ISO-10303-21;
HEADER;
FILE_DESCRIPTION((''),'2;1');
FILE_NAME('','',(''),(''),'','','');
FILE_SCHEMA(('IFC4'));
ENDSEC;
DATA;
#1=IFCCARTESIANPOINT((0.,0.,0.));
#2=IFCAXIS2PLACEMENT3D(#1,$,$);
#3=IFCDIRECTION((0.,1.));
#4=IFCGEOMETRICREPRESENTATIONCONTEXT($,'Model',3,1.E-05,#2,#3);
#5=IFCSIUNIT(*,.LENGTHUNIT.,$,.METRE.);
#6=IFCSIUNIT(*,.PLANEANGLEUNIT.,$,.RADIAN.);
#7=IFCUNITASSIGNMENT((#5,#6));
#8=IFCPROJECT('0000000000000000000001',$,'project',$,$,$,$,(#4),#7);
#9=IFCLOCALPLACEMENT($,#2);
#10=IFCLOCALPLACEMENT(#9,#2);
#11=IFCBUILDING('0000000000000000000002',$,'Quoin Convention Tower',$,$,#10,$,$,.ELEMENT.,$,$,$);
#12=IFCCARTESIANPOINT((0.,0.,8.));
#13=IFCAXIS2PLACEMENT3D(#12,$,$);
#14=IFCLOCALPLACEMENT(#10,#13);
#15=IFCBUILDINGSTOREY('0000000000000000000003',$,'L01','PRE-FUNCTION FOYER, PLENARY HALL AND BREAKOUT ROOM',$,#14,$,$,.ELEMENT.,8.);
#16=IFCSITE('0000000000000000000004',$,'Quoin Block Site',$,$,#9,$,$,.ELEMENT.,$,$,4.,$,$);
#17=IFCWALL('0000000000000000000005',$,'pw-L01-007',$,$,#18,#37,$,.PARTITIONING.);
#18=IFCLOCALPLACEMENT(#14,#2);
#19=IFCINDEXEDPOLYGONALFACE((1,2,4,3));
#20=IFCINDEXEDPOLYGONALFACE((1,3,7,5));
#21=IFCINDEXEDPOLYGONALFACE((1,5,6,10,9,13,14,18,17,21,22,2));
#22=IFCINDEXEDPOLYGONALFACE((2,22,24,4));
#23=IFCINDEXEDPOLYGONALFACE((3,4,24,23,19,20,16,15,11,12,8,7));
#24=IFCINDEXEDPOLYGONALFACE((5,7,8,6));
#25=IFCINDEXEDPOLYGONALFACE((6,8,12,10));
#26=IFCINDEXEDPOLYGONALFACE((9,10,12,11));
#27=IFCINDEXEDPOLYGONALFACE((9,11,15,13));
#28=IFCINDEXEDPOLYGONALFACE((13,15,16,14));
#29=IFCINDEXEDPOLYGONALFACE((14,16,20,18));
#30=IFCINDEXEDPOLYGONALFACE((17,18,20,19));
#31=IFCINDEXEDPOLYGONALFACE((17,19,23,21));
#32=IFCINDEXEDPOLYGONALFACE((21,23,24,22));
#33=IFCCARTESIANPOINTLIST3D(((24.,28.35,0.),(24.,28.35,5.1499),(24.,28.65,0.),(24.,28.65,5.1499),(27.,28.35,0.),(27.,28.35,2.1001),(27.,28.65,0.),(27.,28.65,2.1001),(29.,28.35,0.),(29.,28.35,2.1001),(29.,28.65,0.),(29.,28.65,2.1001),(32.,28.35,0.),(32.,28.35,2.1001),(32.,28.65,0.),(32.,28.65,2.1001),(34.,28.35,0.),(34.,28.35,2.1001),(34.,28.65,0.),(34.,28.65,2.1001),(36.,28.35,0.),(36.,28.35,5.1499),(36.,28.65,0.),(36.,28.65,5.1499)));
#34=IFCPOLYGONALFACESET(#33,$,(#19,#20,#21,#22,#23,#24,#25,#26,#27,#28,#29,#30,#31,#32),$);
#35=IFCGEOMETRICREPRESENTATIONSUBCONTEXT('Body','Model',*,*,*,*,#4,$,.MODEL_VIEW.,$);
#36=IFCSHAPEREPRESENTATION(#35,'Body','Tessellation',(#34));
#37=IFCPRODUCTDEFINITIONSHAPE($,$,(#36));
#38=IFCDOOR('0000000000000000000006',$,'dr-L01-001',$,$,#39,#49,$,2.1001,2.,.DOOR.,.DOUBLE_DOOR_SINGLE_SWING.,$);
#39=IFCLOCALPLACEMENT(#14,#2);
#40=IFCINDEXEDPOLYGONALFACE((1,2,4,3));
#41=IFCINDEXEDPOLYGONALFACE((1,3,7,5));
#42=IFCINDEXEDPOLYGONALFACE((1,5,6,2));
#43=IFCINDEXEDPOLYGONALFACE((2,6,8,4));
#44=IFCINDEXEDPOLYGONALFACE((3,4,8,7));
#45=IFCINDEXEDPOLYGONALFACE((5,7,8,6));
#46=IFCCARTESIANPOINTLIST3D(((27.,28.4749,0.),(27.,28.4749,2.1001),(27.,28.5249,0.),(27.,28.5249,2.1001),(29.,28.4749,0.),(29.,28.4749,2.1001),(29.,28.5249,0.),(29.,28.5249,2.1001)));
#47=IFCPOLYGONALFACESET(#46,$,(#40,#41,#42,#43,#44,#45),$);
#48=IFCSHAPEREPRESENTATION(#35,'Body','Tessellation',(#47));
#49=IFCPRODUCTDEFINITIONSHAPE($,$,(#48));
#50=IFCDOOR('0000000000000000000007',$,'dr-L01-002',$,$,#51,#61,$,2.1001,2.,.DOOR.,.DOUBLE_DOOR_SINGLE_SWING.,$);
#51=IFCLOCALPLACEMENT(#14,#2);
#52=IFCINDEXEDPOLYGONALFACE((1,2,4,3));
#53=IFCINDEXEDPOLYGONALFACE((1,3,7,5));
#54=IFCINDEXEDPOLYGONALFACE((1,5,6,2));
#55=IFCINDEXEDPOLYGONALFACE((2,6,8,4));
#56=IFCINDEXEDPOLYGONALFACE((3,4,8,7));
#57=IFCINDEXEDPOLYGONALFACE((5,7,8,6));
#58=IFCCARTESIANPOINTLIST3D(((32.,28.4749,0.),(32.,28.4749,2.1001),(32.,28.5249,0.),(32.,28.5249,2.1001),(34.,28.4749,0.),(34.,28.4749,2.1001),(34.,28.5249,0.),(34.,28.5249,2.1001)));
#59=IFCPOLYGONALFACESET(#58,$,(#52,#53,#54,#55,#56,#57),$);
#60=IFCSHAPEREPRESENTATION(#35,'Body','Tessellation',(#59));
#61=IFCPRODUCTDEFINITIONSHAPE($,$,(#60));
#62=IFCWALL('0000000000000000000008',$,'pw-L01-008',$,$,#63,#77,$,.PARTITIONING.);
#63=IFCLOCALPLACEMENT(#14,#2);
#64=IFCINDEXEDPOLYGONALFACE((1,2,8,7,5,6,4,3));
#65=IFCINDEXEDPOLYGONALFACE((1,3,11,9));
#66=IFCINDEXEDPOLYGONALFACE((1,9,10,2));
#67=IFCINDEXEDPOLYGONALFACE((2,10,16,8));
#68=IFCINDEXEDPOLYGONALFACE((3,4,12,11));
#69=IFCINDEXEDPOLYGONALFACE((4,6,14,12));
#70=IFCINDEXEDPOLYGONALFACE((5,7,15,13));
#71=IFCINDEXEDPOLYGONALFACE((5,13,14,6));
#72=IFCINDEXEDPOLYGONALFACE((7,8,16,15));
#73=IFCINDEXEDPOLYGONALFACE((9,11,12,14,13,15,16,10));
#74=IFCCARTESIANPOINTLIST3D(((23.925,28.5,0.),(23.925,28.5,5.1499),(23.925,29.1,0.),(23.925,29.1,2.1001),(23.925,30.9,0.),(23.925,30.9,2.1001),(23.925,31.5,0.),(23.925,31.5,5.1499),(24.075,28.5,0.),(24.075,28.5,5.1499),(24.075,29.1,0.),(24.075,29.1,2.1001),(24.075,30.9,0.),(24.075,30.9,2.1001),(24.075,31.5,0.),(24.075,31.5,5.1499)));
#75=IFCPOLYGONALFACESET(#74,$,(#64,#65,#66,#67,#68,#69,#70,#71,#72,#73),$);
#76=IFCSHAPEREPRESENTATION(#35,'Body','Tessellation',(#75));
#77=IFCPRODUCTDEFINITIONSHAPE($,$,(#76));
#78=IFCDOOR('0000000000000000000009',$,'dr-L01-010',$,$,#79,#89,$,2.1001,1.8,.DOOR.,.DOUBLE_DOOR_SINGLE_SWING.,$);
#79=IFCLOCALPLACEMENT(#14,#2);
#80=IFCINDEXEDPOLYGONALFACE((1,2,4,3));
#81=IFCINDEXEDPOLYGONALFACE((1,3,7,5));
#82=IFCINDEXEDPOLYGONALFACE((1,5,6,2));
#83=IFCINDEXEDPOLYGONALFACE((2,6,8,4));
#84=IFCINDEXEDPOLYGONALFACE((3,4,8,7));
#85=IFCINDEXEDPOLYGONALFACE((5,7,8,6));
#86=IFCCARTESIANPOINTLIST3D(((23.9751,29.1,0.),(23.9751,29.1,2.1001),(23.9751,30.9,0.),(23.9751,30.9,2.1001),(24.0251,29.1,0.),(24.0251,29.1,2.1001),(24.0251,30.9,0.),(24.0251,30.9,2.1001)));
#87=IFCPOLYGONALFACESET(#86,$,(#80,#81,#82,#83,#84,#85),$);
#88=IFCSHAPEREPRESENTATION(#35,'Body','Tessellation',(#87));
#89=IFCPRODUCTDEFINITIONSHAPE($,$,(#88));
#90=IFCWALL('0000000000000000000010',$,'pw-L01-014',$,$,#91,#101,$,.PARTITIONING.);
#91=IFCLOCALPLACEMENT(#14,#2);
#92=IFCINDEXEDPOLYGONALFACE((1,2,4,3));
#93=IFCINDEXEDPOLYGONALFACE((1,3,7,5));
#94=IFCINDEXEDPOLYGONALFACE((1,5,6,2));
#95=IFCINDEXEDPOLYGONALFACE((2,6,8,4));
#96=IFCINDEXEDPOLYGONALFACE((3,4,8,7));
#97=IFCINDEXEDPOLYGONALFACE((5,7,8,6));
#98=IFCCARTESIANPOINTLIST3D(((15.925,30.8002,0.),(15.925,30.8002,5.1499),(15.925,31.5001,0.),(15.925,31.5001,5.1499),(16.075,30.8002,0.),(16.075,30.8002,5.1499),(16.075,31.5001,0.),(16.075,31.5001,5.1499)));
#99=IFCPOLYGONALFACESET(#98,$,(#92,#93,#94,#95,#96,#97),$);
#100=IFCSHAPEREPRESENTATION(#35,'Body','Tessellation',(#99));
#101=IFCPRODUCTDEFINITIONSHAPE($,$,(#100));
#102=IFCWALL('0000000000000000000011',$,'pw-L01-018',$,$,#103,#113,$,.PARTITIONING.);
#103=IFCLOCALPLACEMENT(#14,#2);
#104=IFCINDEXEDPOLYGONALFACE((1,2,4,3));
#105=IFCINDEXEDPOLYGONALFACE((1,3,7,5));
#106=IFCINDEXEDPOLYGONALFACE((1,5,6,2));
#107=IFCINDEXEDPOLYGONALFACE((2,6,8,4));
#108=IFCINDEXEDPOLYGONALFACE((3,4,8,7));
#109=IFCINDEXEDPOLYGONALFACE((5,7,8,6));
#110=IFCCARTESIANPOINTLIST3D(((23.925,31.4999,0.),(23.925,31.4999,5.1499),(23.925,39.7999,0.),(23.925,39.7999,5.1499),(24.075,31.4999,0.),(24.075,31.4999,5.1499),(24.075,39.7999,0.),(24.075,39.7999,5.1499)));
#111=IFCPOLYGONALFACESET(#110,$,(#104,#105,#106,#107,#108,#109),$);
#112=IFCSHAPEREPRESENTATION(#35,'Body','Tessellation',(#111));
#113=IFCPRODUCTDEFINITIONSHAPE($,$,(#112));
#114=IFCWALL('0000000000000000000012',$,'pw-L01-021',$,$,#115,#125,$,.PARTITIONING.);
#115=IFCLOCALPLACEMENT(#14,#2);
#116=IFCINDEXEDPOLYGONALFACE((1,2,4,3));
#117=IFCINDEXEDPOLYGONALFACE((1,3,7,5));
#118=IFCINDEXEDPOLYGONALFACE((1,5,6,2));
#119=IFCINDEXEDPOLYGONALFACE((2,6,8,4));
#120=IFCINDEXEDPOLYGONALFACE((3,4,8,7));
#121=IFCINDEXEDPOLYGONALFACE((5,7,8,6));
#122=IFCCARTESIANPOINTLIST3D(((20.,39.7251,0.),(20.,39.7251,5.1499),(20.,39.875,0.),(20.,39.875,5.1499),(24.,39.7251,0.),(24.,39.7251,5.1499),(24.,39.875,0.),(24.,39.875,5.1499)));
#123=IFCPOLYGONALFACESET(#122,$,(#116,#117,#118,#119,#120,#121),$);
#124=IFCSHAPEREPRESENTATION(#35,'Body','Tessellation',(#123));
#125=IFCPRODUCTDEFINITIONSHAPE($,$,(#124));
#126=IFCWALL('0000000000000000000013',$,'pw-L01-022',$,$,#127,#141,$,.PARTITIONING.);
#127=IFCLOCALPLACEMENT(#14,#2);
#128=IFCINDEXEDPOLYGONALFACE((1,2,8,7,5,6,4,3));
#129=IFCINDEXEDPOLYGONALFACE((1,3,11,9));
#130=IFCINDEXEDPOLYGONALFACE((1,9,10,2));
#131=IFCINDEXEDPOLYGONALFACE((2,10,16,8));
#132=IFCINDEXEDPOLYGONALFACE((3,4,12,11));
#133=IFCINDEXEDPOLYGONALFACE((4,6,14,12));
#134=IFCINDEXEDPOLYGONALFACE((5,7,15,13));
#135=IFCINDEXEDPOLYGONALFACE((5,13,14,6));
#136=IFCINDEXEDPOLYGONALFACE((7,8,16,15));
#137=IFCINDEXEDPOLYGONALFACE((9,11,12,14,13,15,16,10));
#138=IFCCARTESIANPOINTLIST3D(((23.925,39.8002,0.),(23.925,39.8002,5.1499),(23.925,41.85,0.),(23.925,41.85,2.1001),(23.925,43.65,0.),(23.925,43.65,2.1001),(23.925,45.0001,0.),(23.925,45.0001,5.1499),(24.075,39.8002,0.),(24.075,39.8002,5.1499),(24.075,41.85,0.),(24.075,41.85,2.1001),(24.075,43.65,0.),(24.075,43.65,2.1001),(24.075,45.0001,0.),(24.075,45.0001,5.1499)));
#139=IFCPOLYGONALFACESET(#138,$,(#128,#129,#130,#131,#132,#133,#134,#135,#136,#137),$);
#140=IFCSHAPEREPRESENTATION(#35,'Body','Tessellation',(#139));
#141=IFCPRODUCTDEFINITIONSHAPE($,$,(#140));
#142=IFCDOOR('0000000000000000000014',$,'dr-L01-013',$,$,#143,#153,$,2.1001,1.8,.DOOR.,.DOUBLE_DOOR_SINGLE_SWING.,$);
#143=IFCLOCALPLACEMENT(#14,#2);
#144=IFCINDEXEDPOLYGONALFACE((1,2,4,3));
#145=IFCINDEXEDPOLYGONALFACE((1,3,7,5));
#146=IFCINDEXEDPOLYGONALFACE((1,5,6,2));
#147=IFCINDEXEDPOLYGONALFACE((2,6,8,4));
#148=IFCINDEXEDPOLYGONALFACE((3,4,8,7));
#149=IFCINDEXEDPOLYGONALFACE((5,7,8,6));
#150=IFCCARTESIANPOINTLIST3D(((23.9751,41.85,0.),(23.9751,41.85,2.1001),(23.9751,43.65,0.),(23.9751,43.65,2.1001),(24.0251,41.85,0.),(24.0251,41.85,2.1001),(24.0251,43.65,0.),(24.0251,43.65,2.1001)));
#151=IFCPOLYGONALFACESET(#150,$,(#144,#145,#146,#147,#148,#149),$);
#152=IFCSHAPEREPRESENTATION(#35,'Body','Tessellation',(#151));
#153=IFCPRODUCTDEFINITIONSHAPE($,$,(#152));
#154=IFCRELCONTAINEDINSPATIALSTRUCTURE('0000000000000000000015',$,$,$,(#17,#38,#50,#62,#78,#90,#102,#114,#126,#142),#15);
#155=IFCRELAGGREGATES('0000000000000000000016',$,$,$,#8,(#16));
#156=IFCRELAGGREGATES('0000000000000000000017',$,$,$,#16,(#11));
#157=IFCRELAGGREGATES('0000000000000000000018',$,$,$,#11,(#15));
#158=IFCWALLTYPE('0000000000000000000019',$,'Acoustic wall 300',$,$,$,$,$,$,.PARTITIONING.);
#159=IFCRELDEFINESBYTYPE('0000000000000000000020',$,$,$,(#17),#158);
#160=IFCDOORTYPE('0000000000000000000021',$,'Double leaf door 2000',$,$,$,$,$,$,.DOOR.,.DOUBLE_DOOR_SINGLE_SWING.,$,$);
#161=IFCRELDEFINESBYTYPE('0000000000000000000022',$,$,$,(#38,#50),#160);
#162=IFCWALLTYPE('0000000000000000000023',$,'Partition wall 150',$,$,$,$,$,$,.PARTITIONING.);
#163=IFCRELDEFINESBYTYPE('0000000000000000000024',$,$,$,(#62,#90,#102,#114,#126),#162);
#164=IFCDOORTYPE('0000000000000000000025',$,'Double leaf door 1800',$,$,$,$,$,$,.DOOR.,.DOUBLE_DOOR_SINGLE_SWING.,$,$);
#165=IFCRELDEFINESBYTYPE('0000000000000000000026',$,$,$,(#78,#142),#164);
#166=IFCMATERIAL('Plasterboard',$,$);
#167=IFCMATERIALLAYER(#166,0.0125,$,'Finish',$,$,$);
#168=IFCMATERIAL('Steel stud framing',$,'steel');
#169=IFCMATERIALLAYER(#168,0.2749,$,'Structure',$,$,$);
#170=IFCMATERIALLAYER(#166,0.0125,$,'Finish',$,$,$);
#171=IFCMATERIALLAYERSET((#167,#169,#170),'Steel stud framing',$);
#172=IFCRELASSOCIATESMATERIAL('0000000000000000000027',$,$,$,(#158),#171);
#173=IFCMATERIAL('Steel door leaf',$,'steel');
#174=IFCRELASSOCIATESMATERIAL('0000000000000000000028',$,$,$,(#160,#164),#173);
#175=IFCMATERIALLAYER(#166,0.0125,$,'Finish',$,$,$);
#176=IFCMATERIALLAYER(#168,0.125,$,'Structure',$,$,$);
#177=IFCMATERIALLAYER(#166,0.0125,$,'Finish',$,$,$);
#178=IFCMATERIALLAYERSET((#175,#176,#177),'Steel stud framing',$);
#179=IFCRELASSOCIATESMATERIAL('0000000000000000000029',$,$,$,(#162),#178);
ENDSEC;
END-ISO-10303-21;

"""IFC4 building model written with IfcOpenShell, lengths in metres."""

from ifc_helpers import new_model, si_unit, direction, frame, frame_2d, origin, place, context, subcontext, project, spatial, rectangle, extrude, material, layer, layer_set, type_object, element, fill, save


model = new_model("IFC4")

# Units and contexts
model_context = context("Model", 3, precision=1e-05, world=origin(), true_north=direction((0.0, 1.0)))
body_context = subcontext(model_context, "Body", "Model", "MODEL_VIEW")
ifc_project = project(units=[si_unit("LENGTHUNIT", "METRE"), si_unit("PLANEANGLEUNIT", "RADIAN")], contexts=[model_context])

# Site, building, storey
site_placement = place(None, origin())
site = spatial("IfcSite", under=ifc_project, at=site_placement, Name="Quoin Block Site", CompositionType="ELEMENT", RefElevation=4.0)
building_placement = place(site_placement, origin())
building = spatial("IfcBuilding", under=site, at=building_placement, Name="Quoin Convention Tower", CompositionType="ELEMENT")
storey_placement = place(building_placement, frame((0.0, 0.0, 8.0)))
storey = spatial("IfcBuildingStorey", under=building, at=storey_placement, Name="L01", Description="PRE-FUNCTION FOYER, PLENARY HALL AND BREAKOUT ROOM", CompositionType="ELEMENT", Elevation=8.0)

# Shared definitions
ifc_material_1 = material(Name="Plasterboard")
ifc_layer_1 = layer(ifc_material_1, 0.0125, Name="Finish")
ifc_material_2 = material(Name="Steel stud framing", Category="steel")
ifc_layer_2 = layer(ifc_material_2, 0.2749, Name="Structure")
ifc_layer_3 = layer(ifc_material_1, 0.0125, Name="Finish")
ifc_layer_set_1 = layer_set([ifc_layer_1, ifc_layer_2, ifc_layer_3], Name="Steel stud framing")
wall_type_1 = type_object("IfcWallType", Name="Acoustic wall 300", PredefinedType="PARTITIONING", material=ifc_layer_set_1)

# Wall, openings, doors
wall_1_placement = place(storey_placement, frame((24.0, 28.5, 0.0), z_axis=(0.0, 0.0, 1.0), x_axis=(1.0, 0.0, 0.0)))
wall_1 = element("IfcWall", 1, at=wall_1_placement, inside=storey, type_object=wall_type_1, Name="pw-L01-007", PredefinedType="PARTITIONING", context=body_context, shape_type="SweptSolid", body=[
    extrude(rectangle(XDim=12.0, YDim=0.3, at=frame_2d((6.0, 0.0))), origin(), (0.0, 0.0, 1.0), 5.1499),
])
opening_1_placement = place(wall_1_placement, frame((3.0, 0.0, 0.0)))
opening_1 = element("IfcOpeningElement", 2, at=opening_1_placement, cuts=wall_1, PredefinedType="OPENING", context=body_context, shape_type="SweptSolid", body=[
    extrude(rectangle(XDim=2.0, YDim=2.1001, at=frame_2d((1.0, 1.05))), frame((0.0, 0.1599, 0.0), z_axis=(0.0, -1.0, 0.0), x_axis=(1.0, 0.0, 0.0)), (0.0, 0.0, 1.0), 0.3201),
])
opening_2_placement = place(wall_1_placement, frame((8.0, 0.0, 0.0)))
opening_2 = element("IfcOpeningElement", 3, at=opening_2_placement, cuts=wall_1, PredefinedType="OPENING", context=body_context, shape_type="SweptSolid", body=[
    extrude(rectangle(XDim=2.0, YDim=2.1001, at=frame_2d((1.0, 1.05))), frame((0.0, 0.1599, 0.0), z_axis=(0.0, -1.0, 0.0), x_axis=(1.0, 0.0, 0.0)), (0.0, 0.0, 1.0), 0.3201),
])
ifc_material_3 = material(Name="Steel door leaf", Category="steel")
door_type_1 = type_object("IfcDoorType", Name="Double leaf door 2000", OperationType="DOUBLE_DOOR_SINGLE_SWING", PredefinedType="DOOR", material=ifc_material_3)
door_1_placement = place(opening_1_placement, origin())
door_1 = element("IfcDoor", 4, at=door_1_placement, inside=storey, type_object=door_type_1, Name="dr-L01-001", OperationType="DOUBLE_DOOR_SINGLE_SWING", OverallHeight=2.1001, OverallWidth=2.0, PredefinedType="DOOR", context=body_context, shape_type="SweptSolid", body=[
    extrude(rectangle(XDim=2.0, YDim=2.1001, at=frame_2d((1.0, 1.05))), frame((0.0, 0.0249, 0.0), z_axis=(0.0, -1.0, 0.0), x_axis=(1.0, 0.0, 0.0)), (0.0, 0.0, 1.0), 0.05),
])
fill(opening_1, door_1)
door_2_placement = place(opening_2_placement, origin())
door_2 = element("IfcDoor", 5, at=door_2_placement, inside=storey, type_object=door_type_1, Name="dr-L01-002", OperationType="DOUBLE_DOOR_SINGLE_SWING", OverallHeight=2.1001, OverallWidth=2.0, PredefinedType="DOOR", context=body_context, shape_type="SweptSolid", body=[
    extrude(rectangle(XDim=2.0, YDim=2.1001, at=frame_2d((1.0, 1.05))), frame((0.0, 0.0249, 0.0), z_axis=(0.0, -1.0, 0.0), x_axis=(1.0, 0.0, 0.0)), (0.0, 0.0, 1.0), 0.05),
])
fill(opening_2, door_2)

# Wall, opening, door
ifc_layer_4 = layer(ifc_material_1, 0.0125, Name="Finish")
ifc_layer_5 = layer(ifc_material_2, 0.125, Name="Structure")
ifc_layer_6 = layer(ifc_material_1, 0.0125, Name="Finish")
ifc_layer_set_2 = layer_set([ifc_layer_4, ifc_layer_5, ifc_layer_6], Name="Steel stud framing")
wall_type_2 = type_object("IfcWallType", Name="Partition wall 150", PredefinedType="PARTITIONING", material=ifc_layer_set_2)
wall_2_placement = place(storey_placement, frame((24.0, 28.5, 0.0), z_axis=(0.0, 0.0, 1.0), x_axis=(0.0, 1.0, 0.0)))
wall_2 = element("IfcWall", 6, at=wall_2_placement, inside=storey, type_object=wall_type_2, Name="pw-L01-008", PredefinedType="PARTITIONING", context=body_context, shape_type="SweptSolid", body=[
    extrude(rectangle(XDim=3.0, YDim=0.1499, at=frame_2d((1.5, 0.0))), origin(), (0.0, 0.0, 1.0), 5.1499),
])
opening_3_placement = place(wall_2_placement, frame((0.6001, 0.0, 0.0)))
opening_3 = element("IfcOpeningElement", 7, at=opening_3_placement, cuts=wall_2, PredefinedType="OPENING", context=body_context, shape_type="SweptSolid", body=[
    extrude(rectangle(XDim=1.8, YDim=2.1001, at=frame_2d((0.8999, 1.05))), frame((0.0, 0.085, 0.0), z_axis=(0.0, -1.0, 0.0), x_axis=(1.0, 0.0, 0.0)), (0.0, 0.0, 1.0), 0.1699),
])
door_type_2 = type_object("IfcDoorType", Name="Double leaf door 1800", OperationType="DOUBLE_DOOR_SINGLE_SWING", PredefinedType="DOOR", material=ifc_material_3)
door_3_placement = place(opening_3_placement, origin())
door_3 = element("IfcDoor", 8, at=door_3_placement, inside=storey, type_object=door_type_2, Name="dr-L01-010", OperationType="DOUBLE_DOOR_SINGLE_SWING", OverallHeight=2.1001, OverallWidth=1.8, PredefinedType="DOOR", context=body_context, shape_type="SweptSolid", body=[
    extrude(rectangle(XDim=1.8, YDim=2.1001, at=frame_2d((0.8999, 1.05))), frame((0.0, 0.0249, 0.0), z_axis=(0.0, -1.0, 0.0), x_axis=(1.0, 0.0, 0.0)), (0.0, 0.0, 1.0), 0.05),
])
fill(opening_3, door_3)

# Walls
wall_3_placement = place(storey_placement, frame((16.0, 30.8, 0.0), z_axis=(0.0, 0.0, 1.0), x_axis=(0.0, 1.0, 0.0)))
element("IfcWall", 9, at=wall_3_placement, inside=storey, type_object=wall_type_2, Name="pw-L01-014", PredefinedType="PARTITIONING", context=body_context, shape_type="SweptSolid", body=[
    extrude(rectangle(XDim=0.7, YDim=0.1499, at=frame_2d((0.3501, 0.0))), origin(), (0.0, 0.0, 1.0), 5.1499),
])
wall_4_placement = place(storey_placement, frame((24.0, 31.5, 0.0), z_axis=(0.0, 0.0, 1.0), x_axis=(0.0, 1.0, 0.0)))
element("IfcWall", 10, at=wall_4_placement, inside=storey, type_object=wall_type_2, Name="pw-L01-018", PredefinedType="PARTITIONING", context=body_context, shape_type="SweptSolid", body=[
    extrude(rectangle(XDim=8.3, YDim=0.1499, at=frame_2d((4.1499, 0.0))), origin(), (0.0, 0.0, 1.0), 5.1499),
])
wall_5_placement = place(storey_placement, frame((20.0, 39.8, 0.0), z_axis=(0.0, 0.0, 1.0), x_axis=(1.0, 0.0, 0.0)))
element("IfcWall", 11, at=wall_5_placement, inside=storey, type_object=wall_type_2, Name="pw-L01-021", PredefinedType="PARTITIONING", context=body_context, shape_type="SweptSolid", body=[
    extrude(rectangle(XDim=4.0, YDim=0.1499, at=frame_2d((2.0, 0.0))), origin(), (0.0, 0.0, 1.0), 5.1499),
])

# Wall, opening, door
wall_6_placement = place(storey_placement, frame((24.0, 39.8, 0.0), z_axis=(0.0, 0.0, 1.0), x_axis=(0.0, 1.0, 0.0)))
wall_6 = element("IfcWall", 12, at=wall_6_placement, inside=storey, type_object=wall_type_2, Name="pw-L01-022", PredefinedType="PARTITIONING", context=body_context, shape_type="SweptSolid", body=[
    extrude(rectangle(XDim=5.2, YDim=0.1499, at=frame_2d((2.6001, 0.0))), origin(), (0.0, 0.0, 1.0), 5.1499),
])
opening_4_placement = place(wall_6_placement, frame((2.05, 0.0, 0.0)))
opening_4 = element("IfcOpeningElement", 13, at=opening_4_placement, cuts=wall_6, PredefinedType="OPENING", context=body_context, shape_type="SweptSolid", body=[
    extrude(rectangle(XDim=1.8, YDim=2.1001, at=frame_2d((0.8999, 1.05))), frame((0.0, 0.085, 0.0), z_axis=(0.0, -1.0, 0.0), x_axis=(1.0, 0.0, 0.0)), (0.0, 0.0, 1.0), 0.1699),
])
door_4_placement = place(opening_4_placement, origin())
door_4 = element("IfcDoor", 14, at=door_4_placement, inside=storey, type_object=door_type_2, Name="dr-L01-013", OperationType="DOUBLE_DOOR_SINGLE_SWING", OverallHeight=2.1001, OverallWidth=1.8, PredefinedType="DOOR", context=body_context, shape_type="SweptSolid", body=[
    extrude(rectangle(XDim=1.8, YDim=2.1001, at=frame_2d((0.8999, 1.05))), frame((0.0, 0.0249, 0.0), z_axis=(0.0, -1.0, 0.0), x_axis=(1.0, 0.0, 0.0)), (0.0, 0.0, 1.0), 0.05),
])
fill(opening_4, door_4)

save(model, "model.ifc")
